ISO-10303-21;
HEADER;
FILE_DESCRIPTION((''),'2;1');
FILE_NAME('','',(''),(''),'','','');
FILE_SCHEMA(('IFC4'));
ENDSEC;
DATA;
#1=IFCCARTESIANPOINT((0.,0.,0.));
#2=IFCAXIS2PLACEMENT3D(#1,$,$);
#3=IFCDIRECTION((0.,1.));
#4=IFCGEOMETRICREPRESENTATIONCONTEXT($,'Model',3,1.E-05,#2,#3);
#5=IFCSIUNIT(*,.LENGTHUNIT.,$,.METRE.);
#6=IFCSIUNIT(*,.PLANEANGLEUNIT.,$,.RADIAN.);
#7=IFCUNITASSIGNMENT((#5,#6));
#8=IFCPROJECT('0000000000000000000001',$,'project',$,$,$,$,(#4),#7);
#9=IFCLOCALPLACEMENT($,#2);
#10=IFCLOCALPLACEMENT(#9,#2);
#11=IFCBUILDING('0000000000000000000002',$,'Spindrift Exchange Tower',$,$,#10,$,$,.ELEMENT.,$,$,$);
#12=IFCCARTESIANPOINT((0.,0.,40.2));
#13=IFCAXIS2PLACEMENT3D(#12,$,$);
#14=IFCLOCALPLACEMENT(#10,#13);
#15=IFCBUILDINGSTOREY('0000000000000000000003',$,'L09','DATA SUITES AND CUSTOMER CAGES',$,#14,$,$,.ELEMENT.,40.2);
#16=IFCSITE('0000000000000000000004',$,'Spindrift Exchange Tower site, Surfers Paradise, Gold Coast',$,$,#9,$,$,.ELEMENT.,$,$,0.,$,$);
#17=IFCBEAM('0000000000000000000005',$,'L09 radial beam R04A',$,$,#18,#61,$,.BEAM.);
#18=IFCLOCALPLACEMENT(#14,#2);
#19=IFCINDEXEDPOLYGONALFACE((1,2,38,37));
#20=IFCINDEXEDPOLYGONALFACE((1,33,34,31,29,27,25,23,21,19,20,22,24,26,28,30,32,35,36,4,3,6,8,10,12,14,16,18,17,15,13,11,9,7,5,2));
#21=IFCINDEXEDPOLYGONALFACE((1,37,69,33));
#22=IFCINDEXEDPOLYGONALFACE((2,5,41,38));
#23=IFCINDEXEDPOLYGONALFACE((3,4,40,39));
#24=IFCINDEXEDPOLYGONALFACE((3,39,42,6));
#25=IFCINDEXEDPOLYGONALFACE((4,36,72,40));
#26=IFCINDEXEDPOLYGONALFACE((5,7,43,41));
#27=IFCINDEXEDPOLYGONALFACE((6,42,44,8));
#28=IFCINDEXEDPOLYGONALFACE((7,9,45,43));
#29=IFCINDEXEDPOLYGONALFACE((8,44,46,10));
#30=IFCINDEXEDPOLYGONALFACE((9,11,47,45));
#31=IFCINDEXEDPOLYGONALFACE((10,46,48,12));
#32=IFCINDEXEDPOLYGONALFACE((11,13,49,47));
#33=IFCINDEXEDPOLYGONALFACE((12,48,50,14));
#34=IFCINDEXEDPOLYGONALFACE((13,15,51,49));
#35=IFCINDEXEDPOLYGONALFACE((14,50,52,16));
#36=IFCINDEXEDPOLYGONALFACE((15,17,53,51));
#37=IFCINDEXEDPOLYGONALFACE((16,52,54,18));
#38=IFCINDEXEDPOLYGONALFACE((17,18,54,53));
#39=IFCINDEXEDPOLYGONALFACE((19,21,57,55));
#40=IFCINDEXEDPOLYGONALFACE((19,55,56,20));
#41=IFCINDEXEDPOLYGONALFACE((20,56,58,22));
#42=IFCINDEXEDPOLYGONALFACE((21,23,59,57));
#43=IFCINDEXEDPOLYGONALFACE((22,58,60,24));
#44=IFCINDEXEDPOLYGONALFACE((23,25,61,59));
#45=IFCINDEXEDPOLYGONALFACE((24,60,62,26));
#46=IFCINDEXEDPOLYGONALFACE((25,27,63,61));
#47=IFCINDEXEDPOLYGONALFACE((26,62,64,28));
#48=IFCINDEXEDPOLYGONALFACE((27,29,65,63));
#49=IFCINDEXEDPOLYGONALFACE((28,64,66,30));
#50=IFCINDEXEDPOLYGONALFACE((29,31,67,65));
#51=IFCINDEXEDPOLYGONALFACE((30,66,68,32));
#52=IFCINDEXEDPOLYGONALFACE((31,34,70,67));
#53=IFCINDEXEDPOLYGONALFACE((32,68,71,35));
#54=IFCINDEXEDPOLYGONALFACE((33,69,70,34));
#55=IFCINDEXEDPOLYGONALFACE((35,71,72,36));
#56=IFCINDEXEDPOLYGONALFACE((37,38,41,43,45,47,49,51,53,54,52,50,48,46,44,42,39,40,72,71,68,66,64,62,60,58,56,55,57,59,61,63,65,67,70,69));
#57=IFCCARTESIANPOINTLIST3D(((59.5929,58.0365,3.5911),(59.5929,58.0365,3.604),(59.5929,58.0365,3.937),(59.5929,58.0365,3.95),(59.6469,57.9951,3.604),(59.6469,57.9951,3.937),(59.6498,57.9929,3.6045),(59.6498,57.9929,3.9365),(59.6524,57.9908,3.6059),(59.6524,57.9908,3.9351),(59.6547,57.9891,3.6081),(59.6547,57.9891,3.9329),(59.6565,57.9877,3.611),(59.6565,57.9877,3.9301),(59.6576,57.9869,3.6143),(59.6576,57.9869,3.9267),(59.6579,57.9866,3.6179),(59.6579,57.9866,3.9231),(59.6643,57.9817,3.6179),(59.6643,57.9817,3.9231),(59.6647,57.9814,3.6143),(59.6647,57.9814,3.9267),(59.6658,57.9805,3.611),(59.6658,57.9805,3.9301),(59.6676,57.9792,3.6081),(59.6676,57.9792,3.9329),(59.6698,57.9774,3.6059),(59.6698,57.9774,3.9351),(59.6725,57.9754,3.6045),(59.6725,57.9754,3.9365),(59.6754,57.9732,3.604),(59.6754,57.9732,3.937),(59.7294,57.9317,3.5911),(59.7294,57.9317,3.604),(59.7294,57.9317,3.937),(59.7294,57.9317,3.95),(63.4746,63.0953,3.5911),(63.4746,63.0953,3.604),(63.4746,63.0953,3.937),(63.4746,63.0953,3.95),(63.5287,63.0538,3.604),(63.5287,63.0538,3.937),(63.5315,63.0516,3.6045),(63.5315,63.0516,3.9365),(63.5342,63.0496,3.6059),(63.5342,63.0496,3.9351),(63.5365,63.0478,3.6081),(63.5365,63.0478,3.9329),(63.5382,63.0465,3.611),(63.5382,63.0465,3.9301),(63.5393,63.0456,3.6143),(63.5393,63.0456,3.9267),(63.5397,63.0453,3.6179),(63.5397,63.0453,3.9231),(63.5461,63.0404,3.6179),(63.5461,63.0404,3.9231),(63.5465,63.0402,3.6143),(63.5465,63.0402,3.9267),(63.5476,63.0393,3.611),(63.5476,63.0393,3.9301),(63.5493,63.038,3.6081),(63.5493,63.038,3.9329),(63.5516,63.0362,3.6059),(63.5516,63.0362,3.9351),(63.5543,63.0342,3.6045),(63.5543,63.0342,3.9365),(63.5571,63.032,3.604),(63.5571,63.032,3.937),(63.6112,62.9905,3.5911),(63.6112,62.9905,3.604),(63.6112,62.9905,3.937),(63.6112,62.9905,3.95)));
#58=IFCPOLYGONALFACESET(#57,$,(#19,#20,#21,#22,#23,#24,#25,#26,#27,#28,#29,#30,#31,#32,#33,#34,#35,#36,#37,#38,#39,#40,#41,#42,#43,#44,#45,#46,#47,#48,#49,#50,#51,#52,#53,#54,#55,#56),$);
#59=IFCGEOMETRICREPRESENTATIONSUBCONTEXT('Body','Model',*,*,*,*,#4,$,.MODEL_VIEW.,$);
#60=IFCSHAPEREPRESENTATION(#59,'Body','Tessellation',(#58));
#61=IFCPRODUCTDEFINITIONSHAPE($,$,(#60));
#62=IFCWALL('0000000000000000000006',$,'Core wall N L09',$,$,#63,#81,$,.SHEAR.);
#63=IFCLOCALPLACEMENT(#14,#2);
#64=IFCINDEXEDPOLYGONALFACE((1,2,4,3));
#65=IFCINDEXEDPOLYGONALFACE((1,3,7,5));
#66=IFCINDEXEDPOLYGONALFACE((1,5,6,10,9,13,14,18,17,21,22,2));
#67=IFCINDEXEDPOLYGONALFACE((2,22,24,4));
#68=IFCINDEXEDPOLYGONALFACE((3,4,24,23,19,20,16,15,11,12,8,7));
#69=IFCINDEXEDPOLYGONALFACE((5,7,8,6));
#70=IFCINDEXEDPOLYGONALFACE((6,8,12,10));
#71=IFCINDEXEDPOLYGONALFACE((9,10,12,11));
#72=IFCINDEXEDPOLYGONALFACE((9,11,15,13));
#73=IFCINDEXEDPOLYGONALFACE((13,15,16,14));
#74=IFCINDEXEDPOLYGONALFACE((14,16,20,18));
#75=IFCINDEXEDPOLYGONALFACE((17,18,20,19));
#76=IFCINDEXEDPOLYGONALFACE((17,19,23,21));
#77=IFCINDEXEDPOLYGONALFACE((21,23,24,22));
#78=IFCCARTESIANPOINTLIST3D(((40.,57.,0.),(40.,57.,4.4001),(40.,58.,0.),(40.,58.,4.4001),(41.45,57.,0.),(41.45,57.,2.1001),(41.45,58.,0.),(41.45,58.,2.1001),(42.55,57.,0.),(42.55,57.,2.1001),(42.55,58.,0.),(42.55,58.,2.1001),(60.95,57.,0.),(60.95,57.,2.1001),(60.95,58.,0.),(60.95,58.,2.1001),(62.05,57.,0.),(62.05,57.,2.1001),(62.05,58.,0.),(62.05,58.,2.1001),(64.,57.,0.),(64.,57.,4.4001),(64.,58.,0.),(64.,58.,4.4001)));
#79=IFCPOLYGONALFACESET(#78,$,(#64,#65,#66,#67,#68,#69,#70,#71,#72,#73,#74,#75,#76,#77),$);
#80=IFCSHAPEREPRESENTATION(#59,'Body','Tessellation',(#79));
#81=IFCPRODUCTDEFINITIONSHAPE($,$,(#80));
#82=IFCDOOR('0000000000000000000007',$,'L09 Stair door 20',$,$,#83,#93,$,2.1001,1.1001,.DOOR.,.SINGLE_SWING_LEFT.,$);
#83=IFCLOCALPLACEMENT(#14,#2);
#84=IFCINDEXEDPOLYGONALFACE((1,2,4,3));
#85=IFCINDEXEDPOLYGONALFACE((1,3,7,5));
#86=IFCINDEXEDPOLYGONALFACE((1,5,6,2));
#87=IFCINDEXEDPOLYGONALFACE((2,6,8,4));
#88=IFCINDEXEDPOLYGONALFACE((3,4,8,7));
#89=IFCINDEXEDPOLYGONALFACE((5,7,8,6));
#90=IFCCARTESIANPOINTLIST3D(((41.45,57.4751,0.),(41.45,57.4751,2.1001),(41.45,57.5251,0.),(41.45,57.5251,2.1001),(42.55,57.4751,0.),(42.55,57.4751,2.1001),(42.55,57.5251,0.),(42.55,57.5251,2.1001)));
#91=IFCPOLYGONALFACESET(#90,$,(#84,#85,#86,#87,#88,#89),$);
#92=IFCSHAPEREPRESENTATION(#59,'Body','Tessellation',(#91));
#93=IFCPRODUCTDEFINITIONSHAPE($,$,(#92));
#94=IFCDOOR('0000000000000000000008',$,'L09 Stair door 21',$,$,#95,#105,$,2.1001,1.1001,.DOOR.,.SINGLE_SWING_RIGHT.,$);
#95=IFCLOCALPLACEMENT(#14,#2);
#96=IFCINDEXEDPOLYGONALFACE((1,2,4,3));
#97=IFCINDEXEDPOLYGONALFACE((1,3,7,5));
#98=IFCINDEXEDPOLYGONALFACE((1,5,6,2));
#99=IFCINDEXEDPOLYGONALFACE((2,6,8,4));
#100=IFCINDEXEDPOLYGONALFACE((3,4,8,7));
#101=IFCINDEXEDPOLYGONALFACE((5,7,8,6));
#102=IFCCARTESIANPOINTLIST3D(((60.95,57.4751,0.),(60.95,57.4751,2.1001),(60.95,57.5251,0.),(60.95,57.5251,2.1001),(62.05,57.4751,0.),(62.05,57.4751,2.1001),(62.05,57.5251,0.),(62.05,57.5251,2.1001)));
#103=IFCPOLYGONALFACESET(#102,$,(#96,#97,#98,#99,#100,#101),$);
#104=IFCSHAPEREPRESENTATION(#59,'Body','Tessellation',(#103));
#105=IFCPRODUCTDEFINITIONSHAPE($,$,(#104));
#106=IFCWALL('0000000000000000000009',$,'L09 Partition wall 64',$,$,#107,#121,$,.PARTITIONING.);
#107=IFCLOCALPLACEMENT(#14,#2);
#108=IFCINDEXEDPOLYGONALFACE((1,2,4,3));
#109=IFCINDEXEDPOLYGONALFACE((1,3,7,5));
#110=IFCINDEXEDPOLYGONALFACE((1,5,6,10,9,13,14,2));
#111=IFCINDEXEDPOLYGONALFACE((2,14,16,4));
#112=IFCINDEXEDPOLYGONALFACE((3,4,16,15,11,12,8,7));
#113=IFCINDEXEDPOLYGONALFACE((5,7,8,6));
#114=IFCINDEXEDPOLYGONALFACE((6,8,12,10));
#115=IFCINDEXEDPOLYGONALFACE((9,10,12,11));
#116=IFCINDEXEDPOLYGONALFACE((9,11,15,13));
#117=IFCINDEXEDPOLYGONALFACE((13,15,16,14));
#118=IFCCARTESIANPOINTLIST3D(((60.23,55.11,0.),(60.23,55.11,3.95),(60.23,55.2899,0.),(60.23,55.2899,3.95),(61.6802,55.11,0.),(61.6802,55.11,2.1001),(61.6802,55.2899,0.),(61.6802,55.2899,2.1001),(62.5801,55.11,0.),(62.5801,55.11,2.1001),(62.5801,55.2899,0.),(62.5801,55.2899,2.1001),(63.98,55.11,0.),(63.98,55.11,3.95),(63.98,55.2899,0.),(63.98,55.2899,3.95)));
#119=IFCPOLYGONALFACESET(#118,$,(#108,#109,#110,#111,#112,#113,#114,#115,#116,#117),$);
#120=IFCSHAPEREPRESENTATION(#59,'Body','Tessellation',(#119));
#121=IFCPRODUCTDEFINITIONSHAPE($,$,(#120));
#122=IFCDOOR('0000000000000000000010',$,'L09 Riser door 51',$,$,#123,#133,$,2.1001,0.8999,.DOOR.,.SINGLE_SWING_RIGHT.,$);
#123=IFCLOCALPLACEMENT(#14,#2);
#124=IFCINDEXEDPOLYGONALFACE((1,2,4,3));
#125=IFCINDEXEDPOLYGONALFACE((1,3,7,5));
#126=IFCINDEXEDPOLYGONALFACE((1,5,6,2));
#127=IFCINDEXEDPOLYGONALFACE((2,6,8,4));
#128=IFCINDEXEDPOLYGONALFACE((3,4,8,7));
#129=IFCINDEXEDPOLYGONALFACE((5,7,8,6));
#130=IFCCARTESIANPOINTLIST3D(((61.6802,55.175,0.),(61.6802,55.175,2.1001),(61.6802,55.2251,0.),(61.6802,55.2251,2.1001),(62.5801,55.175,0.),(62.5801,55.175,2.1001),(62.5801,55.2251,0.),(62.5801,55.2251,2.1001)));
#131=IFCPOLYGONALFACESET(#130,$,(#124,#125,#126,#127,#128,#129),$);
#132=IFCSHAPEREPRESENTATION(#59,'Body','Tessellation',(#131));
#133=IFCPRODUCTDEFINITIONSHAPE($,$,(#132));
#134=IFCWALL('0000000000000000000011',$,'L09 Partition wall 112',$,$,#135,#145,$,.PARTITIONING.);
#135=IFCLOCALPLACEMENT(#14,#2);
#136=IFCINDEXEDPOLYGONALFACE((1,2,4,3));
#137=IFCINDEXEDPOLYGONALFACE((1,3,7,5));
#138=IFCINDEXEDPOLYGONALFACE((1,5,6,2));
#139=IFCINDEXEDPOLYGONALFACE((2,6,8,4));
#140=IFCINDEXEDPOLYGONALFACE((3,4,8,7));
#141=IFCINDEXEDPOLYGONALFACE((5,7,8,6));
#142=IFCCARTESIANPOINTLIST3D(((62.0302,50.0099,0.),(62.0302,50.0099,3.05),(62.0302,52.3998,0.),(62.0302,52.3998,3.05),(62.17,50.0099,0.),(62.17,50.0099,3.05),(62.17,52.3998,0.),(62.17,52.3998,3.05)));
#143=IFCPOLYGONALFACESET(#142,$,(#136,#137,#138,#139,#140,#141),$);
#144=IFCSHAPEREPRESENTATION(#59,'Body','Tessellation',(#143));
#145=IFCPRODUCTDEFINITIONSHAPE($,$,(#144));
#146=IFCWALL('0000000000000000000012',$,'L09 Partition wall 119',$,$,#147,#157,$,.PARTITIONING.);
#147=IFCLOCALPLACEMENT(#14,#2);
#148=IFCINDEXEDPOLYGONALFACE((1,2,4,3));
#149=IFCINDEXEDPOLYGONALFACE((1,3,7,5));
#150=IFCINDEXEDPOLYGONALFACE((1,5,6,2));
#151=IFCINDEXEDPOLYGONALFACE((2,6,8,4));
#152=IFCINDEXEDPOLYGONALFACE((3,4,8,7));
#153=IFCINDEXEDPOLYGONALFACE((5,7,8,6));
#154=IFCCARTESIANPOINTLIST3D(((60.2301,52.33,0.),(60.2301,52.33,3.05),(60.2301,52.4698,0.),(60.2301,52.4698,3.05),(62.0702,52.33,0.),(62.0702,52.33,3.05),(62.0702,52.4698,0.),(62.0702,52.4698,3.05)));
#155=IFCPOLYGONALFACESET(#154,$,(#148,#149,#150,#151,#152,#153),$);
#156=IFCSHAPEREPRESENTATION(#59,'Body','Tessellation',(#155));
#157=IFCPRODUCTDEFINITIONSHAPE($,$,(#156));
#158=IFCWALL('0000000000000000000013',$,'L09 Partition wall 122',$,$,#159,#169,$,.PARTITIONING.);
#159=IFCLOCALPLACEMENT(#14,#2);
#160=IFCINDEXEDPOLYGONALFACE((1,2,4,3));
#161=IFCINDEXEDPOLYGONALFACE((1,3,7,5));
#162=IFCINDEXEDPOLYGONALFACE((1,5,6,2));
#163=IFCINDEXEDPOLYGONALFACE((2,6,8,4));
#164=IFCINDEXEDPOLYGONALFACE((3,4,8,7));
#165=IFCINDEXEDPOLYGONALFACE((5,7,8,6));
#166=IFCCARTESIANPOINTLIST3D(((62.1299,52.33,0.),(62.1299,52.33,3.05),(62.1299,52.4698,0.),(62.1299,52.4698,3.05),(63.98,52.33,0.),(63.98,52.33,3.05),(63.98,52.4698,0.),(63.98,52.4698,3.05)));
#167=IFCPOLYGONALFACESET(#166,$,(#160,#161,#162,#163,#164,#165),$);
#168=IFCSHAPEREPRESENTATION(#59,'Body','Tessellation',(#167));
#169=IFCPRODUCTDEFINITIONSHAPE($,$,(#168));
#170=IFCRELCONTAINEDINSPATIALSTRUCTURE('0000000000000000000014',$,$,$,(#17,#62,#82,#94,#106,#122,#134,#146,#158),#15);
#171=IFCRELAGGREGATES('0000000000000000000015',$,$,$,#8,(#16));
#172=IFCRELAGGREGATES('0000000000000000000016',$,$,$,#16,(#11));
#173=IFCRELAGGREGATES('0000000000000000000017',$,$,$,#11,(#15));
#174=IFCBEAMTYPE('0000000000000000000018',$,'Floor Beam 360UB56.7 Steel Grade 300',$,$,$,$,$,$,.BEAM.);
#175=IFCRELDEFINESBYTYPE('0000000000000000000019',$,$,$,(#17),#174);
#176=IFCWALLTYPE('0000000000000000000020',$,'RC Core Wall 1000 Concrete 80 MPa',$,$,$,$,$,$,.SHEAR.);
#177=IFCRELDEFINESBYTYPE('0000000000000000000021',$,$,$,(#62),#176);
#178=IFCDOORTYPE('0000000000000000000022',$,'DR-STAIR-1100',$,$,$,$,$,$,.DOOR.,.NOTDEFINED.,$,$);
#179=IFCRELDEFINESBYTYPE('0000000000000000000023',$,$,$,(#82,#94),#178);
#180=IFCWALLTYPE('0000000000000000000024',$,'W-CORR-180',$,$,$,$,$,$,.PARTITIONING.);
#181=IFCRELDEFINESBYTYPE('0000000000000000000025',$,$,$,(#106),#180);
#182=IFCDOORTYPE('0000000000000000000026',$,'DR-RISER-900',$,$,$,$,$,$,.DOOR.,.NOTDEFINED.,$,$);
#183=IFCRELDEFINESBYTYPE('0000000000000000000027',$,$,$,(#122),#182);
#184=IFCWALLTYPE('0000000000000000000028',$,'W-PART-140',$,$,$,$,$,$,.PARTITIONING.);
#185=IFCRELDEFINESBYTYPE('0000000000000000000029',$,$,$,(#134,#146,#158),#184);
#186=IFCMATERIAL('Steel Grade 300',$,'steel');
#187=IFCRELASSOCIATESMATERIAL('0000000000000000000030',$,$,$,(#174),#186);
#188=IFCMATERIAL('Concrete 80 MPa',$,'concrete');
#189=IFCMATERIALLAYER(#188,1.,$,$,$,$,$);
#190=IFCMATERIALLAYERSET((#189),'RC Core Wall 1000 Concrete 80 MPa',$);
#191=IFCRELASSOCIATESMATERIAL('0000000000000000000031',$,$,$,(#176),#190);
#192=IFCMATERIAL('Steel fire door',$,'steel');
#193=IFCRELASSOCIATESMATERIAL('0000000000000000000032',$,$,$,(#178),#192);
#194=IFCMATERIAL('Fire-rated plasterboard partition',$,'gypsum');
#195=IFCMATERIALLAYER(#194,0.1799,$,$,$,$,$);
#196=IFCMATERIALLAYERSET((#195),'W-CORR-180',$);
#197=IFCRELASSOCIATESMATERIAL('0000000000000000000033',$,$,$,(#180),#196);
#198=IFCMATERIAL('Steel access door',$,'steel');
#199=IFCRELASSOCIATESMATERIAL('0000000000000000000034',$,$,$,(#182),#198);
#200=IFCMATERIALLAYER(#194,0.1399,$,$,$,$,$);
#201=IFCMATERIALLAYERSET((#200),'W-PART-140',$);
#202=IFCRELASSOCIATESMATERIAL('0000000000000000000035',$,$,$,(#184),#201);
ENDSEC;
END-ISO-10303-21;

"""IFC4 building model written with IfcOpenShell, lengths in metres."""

from ifc_helpers import new_model, si_unit, direction, frame, frame_2d, origin, origin_2d, place, context, subcontext, project, spatial, rectangle, i_section, extrude, source, transform, mapped, material, layer, layer_set, material_profile, profile_set, type_object, element, fill, save


model = new_model("IFC4")

# Units and contexts
model_context = context("Model", 3, precision=1e-05, world=origin(), true_north=direction((0.0, 1.0)))
body_context = subcontext(model_context, "Body", "Model", "MODEL_VIEW")
ifc_project = project(units=[si_unit("LENGTHUNIT", "METRE"), si_unit("PLANEANGLEUNIT", "RADIAN")], contexts=[model_context])

# Site, building, storey
site_placement = place(None, origin())
site = spatial("IfcSite", under=ifc_project, at=site_placement, Name="Spindrift Exchange Tower site, Surfers Paradise, Gold Coast", CompositionType="ELEMENT", RefElevation=0.0)
building_placement = place(site_placement, origin())
building = spatial("IfcBuilding", under=site, at=building_placement, Name="Spindrift Exchange Tower", CompositionType="ELEMENT")
storey_placement = place(building_placement, frame((0.0, 0.0, 40.2)))
storey = spatial("IfcBuildingStorey", under=building, at=storey_placement, Name="L09", Description="DATA SUITES AND CUSTOMER CAGES", CompositionType="ELEMENT", Elevation=40.2)

# Beam
ifc_material_1 = material(Name="Steel Grade 300", Category="steel")
ifc_material_profile = material_profile(ifc_material_1, i_section(OverallWidth=0.1721, OverallDepth=0.3589, WebThickness=0.0081, FlangeThickness=0.0129, FilletRadius=0.0139, at=origin_2d()), Name="360UB56.7")
ifc_profile_set = profile_set([ifc_material_profile], Name="Steel Grade 300")
beam_type = type_object("IfcBeamType", Name="Floor Beam 360UB56.7 Steel Grade 300", PredefinedType="BEAM", material=ifc_profile_set)
shared_shape_1 = source(origin(), body_context, "Body", "SweptSolid", [
    extrude(i_section(OverallWidth=0.1721, OverallDepth=0.3589, WebThickness=0.0081, FlangeThickness=0.0129, FilletRadius=0.0139, at=origin_2d()), origin(), (0.0, 0.0, 1.0), 6.3765),
])
beam_placement = place(storey_placement, frame((59.6611, 57.9841, 3.7705), z_axis=(0.608767, 0.793349, 0.0), x_axis=(-0.793349, 0.608767, 0.0)))
element("IfcBeam", 1, at=beam_placement, inside=storey, type_object=beam_type, Name="L09 radial beam R04A", PredefinedType="BEAM", context=body_context, shape_type="MappedRepresentation", body=[
    mapped(shared_shape_1, transform((0.0, 0.0, 0.0), scale=1.0)),
])

# Wall, openings, doors
ifc_material_2 = material(Name="Concrete 80 MPa", Category="concrete")
ifc_layer_1 = layer(ifc_material_2, 1.0)
ifc_layer_set_1 = layer_set([ifc_layer_1], Name="RC Core Wall 1000 Concrete 80 MPa")
wall_type_1 = type_object("IfcWallType", Name="RC Core Wall 1000 Concrete 80 MPa", PredefinedType="SHEAR", material=ifc_layer_set_1)
wall_1_placement = place(storey_placement, frame((64.0, 57.5, 0.0), z_axis=(0.0, 0.0, 1.0), x_axis=(-1.0, 0.0, 0.0)))
wall_1 = element("IfcWall", 2, at=wall_1_placement, inside=storey, type_object=wall_type_1, Name="Core wall N L09", PredefinedType="SHEAR", context=body_context, shape_type="SweptSolid", body=[
    extrude(rectangle(XDim=24.0, YDim=1.0, at=frame_2d((12.0, 0.0))), origin(), (0.0, 0.0, 1.0), 4.4001),
])
opening_1_placement = place(wall_1_placement, frame((21.45, 0.0, 0.0)))
opening_1 = element("IfcOpeningElement", 3, at=opening_1_placement, cuts=wall_1, PredefinedType="OPENING", context=body_context, shape_type="SweptSolid", body=[
    extrude(rectangle(XDim=1.1001, YDim=2.1001, at=frame_2d((0.55, 1.05))), frame((0.0, 0.51, 0.0), z_axis=(0.0, -1.0, 0.0), x_axis=(1.0, 0.0, 0.0)), (0.0, 0.0, 1.0), 1.02),
])
opening_2_placement = place(wall_1_placement, frame((1.95, 0.0, 0.0)))
opening_2 = element("IfcOpeningElement", 4, at=opening_2_placement, cuts=wall_1, PredefinedType="OPENING", context=body_context, shape_type="SweptSolid", body=[
    extrude(rectangle(XDim=1.1001, YDim=2.1001, at=frame_2d((0.55, 1.05))), frame((0.0, 0.51, 0.0), z_axis=(0.0, -1.0, 0.0), x_axis=(1.0, 0.0, 0.0)), (0.0, 0.0, 1.0), 1.02),
])
ifc_material_3 = material(Name="Steel fire door", Category="steel")
door_type_1 = type_object("IfcDoorType", Name="DR-STAIR-1100", OperationType="NOTDEFINED", PredefinedType="DOOR", material=ifc_material_3)
shared_shape_2 = source(origin(), body_context, "Body", "SweptSolid", [
    extrude(rectangle(XDim=1.1001, YDim=2.1001, at=frame_2d((0.55, 1.05))), frame((0.0, 0.0249, 0.0), z_axis=(0.0, -1.0, 0.0), x_axis=(1.0, 0.0, 0.0)), (0.0, 0.0, 1.0), 0.05),
])
door_1_placement = place(opening_1_placement, origin())
door_1 = element("IfcDoor", 5, at=door_1_placement, inside=storey, type_object=door_type_1, Name="L09 Stair door 20", OperationType="SINGLE_SWING_LEFT", OverallHeight=2.1001, OverallWidth=1.1001, PredefinedType="DOOR", context=body_context, shape_type="MappedRepresentation", body=[
    mapped(shared_shape_2, transform((0.0, 0.0, 0.0), scale=1.0)),
])
fill(opening_1, door_1)
door_2_placement = place(opening_2_placement, origin())
door_2 = element("IfcDoor", 6, at=door_2_placement, inside=storey, type_object=door_type_1, Name="L09 Stair door 21", OperationType="SINGLE_SWING_RIGHT", OverallHeight=2.1001, OverallWidth=1.1001, PredefinedType="DOOR", context=body_context, shape_type="MappedRepresentation", body=[
    mapped(shared_shape_2, transform((0.0, 0.0, 0.0), scale=1.0)),
])
fill(opening_2, door_2)

# Wall, opening, door
ifc_material_4 = material(Name="Fire-rated plasterboard partition", Category="gypsum")
ifc_layer_2 = layer(ifc_material_4, 0.1799)
ifc_layer_set_2 = layer_set([ifc_layer_2], Name="W-CORR-180")
wall_type_2 = type_object("IfcWallType", Name="W-CORR-180", PredefinedType="PARTITIONING", material=ifc_layer_set_2)
wall_2_placement = place(storey_placement, frame((63.98, 55.2, 0.0), z_axis=(0.0, 0.0, 1.0), x_axis=(-1.0, 0.0, 0.0)))
wall_2 = element("IfcWall", 7, at=wall_2_placement, inside=storey, type_object=wall_type_2, Name="L09 Partition wall 64", PredefinedType="PARTITIONING", context=body_context, shape_type="SweptSolid", body=[
    extrude(rectangle(XDim=3.75, YDim=0.1799, at=frame_2d((1.875, 0.0))), origin(), (0.0, 0.0, 1.0), 3.95),
])
opening_3_placement = place(wall_2_placement, frame((1.3999, 0.0, 0.0)))
opening_3 = element("IfcOpeningElement", 8, at=opening_3_placement, cuts=wall_2, PredefinedType="OPENING", context=body_context, shape_type="SweptSolid", body=[
    extrude(rectangle(XDim=0.8999, YDim=2.1001, at=frame_2d((0.45, 1.05))), frame((0.0, 0.0999, 0.0), z_axis=(0.0, -1.0, 0.0), x_axis=(1.0, 0.0, 0.0)), (0.0, 0.0, 1.0), 0.2),
])
ifc_material_5 = material(Name="Steel access door", Category="steel")
door_type_2 = type_object("IfcDoorType", Name="DR-RISER-900", OperationType="NOTDEFINED", PredefinedType="DOOR", material=ifc_material_5)
shared_shape_3 = source(origin(), body_context, "Body", "SweptSolid", [
    extrude(rectangle(XDim=0.8999, YDim=2.1001, at=frame_2d((0.45, 1.05))), frame((0.0, 0.0249, 0.0), z_axis=(0.0, -1.0, 0.0), x_axis=(1.0, 0.0, 0.0)), (0.0, 0.0, 1.0), 0.05),
])
door_3_placement = place(opening_3_placement, origin())
door_3 = element("IfcDoor", 9, at=door_3_placement, inside=storey, type_object=door_type_2, Name="L09 Riser door 51", OperationType="SINGLE_SWING_RIGHT", OverallHeight=2.1001, OverallWidth=0.8999, PredefinedType="DOOR", context=body_context, shape_type="MappedRepresentation", body=[
    mapped(shared_shape_3, transform((0.0, 0.0, 0.0), scale=1.0)),
])
fill(opening_3, door_3)

# Walls
ifc_layer_3 = layer(ifc_material_4, 0.1399)
ifc_layer_set_3 = layer_set([ifc_layer_3], Name="W-PART-140")
wall_type_3 = type_object("IfcWallType", Name="W-PART-140", PredefinedType="PARTITIONING", material=ifc_layer_set_3)
wall_3_placement = place(storey_placement, frame((62.1001, 50.01, 0.0), z_axis=(0.0, 0.0, 1.0), x_axis=(0.0, 1.0, 0.0)))
element("IfcWall", 10, at=wall_3_placement, inside=storey, type_object=wall_type_3, Name="L09 Partition wall 112", PredefinedType="PARTITIONING", context=body_context, shape_type="SweptSolid", body=[
    extrude(rectangle(XDim=2.3899, YDim=0.1399, at=frame_2d((1.1948, 0.0))), origin(), (0.0, 0.0, 1.0), 3.05),
])
wall_4_placement = place(storey_placement, frame((62.0701, 52.3999, 0.0), z_axis=(0.0, 0.0, 1.0), x_axis=(-1.0, 0.0, 0.0)))
element("IfcWall", 11, at=wall_4_placement, inside=storey, type_object=wall_type_3, Name="L09 Partition wall 119", PredefinedType="PARTITIONING", context=body_context, shape_type="SweptSolid", body=[
    extrude(rectangle(XDim=1.8401, YDim=0.1399, at=frame_2d((0.9199, 0.0))), origin(), (0.0, 0.0, 1.0), 3.05),
])
wall_5_placement = place(storey_placement, frame((63.98, 52.3999, 0.0), z_axis=(0.0, 0.0, 1.0), x_axis=(-1.0, 0.0, 0.0)))
element("IfcWall", 12, at=wall_5_placement, inside=storey, type_object=wall_type_3, Name="L09 Partition wall 122", PredefinedType="PARTITIONING", context=body_context, shape_type="SweptSolid", body=[
    extrude(rectangle(XDim=1.8501, YDim=0.1399, at=frame_2d((0.925, 0.0))), origin(), (0.0, 0.0, 1.0), 3.05),
])

save(model, "model.ifc")
